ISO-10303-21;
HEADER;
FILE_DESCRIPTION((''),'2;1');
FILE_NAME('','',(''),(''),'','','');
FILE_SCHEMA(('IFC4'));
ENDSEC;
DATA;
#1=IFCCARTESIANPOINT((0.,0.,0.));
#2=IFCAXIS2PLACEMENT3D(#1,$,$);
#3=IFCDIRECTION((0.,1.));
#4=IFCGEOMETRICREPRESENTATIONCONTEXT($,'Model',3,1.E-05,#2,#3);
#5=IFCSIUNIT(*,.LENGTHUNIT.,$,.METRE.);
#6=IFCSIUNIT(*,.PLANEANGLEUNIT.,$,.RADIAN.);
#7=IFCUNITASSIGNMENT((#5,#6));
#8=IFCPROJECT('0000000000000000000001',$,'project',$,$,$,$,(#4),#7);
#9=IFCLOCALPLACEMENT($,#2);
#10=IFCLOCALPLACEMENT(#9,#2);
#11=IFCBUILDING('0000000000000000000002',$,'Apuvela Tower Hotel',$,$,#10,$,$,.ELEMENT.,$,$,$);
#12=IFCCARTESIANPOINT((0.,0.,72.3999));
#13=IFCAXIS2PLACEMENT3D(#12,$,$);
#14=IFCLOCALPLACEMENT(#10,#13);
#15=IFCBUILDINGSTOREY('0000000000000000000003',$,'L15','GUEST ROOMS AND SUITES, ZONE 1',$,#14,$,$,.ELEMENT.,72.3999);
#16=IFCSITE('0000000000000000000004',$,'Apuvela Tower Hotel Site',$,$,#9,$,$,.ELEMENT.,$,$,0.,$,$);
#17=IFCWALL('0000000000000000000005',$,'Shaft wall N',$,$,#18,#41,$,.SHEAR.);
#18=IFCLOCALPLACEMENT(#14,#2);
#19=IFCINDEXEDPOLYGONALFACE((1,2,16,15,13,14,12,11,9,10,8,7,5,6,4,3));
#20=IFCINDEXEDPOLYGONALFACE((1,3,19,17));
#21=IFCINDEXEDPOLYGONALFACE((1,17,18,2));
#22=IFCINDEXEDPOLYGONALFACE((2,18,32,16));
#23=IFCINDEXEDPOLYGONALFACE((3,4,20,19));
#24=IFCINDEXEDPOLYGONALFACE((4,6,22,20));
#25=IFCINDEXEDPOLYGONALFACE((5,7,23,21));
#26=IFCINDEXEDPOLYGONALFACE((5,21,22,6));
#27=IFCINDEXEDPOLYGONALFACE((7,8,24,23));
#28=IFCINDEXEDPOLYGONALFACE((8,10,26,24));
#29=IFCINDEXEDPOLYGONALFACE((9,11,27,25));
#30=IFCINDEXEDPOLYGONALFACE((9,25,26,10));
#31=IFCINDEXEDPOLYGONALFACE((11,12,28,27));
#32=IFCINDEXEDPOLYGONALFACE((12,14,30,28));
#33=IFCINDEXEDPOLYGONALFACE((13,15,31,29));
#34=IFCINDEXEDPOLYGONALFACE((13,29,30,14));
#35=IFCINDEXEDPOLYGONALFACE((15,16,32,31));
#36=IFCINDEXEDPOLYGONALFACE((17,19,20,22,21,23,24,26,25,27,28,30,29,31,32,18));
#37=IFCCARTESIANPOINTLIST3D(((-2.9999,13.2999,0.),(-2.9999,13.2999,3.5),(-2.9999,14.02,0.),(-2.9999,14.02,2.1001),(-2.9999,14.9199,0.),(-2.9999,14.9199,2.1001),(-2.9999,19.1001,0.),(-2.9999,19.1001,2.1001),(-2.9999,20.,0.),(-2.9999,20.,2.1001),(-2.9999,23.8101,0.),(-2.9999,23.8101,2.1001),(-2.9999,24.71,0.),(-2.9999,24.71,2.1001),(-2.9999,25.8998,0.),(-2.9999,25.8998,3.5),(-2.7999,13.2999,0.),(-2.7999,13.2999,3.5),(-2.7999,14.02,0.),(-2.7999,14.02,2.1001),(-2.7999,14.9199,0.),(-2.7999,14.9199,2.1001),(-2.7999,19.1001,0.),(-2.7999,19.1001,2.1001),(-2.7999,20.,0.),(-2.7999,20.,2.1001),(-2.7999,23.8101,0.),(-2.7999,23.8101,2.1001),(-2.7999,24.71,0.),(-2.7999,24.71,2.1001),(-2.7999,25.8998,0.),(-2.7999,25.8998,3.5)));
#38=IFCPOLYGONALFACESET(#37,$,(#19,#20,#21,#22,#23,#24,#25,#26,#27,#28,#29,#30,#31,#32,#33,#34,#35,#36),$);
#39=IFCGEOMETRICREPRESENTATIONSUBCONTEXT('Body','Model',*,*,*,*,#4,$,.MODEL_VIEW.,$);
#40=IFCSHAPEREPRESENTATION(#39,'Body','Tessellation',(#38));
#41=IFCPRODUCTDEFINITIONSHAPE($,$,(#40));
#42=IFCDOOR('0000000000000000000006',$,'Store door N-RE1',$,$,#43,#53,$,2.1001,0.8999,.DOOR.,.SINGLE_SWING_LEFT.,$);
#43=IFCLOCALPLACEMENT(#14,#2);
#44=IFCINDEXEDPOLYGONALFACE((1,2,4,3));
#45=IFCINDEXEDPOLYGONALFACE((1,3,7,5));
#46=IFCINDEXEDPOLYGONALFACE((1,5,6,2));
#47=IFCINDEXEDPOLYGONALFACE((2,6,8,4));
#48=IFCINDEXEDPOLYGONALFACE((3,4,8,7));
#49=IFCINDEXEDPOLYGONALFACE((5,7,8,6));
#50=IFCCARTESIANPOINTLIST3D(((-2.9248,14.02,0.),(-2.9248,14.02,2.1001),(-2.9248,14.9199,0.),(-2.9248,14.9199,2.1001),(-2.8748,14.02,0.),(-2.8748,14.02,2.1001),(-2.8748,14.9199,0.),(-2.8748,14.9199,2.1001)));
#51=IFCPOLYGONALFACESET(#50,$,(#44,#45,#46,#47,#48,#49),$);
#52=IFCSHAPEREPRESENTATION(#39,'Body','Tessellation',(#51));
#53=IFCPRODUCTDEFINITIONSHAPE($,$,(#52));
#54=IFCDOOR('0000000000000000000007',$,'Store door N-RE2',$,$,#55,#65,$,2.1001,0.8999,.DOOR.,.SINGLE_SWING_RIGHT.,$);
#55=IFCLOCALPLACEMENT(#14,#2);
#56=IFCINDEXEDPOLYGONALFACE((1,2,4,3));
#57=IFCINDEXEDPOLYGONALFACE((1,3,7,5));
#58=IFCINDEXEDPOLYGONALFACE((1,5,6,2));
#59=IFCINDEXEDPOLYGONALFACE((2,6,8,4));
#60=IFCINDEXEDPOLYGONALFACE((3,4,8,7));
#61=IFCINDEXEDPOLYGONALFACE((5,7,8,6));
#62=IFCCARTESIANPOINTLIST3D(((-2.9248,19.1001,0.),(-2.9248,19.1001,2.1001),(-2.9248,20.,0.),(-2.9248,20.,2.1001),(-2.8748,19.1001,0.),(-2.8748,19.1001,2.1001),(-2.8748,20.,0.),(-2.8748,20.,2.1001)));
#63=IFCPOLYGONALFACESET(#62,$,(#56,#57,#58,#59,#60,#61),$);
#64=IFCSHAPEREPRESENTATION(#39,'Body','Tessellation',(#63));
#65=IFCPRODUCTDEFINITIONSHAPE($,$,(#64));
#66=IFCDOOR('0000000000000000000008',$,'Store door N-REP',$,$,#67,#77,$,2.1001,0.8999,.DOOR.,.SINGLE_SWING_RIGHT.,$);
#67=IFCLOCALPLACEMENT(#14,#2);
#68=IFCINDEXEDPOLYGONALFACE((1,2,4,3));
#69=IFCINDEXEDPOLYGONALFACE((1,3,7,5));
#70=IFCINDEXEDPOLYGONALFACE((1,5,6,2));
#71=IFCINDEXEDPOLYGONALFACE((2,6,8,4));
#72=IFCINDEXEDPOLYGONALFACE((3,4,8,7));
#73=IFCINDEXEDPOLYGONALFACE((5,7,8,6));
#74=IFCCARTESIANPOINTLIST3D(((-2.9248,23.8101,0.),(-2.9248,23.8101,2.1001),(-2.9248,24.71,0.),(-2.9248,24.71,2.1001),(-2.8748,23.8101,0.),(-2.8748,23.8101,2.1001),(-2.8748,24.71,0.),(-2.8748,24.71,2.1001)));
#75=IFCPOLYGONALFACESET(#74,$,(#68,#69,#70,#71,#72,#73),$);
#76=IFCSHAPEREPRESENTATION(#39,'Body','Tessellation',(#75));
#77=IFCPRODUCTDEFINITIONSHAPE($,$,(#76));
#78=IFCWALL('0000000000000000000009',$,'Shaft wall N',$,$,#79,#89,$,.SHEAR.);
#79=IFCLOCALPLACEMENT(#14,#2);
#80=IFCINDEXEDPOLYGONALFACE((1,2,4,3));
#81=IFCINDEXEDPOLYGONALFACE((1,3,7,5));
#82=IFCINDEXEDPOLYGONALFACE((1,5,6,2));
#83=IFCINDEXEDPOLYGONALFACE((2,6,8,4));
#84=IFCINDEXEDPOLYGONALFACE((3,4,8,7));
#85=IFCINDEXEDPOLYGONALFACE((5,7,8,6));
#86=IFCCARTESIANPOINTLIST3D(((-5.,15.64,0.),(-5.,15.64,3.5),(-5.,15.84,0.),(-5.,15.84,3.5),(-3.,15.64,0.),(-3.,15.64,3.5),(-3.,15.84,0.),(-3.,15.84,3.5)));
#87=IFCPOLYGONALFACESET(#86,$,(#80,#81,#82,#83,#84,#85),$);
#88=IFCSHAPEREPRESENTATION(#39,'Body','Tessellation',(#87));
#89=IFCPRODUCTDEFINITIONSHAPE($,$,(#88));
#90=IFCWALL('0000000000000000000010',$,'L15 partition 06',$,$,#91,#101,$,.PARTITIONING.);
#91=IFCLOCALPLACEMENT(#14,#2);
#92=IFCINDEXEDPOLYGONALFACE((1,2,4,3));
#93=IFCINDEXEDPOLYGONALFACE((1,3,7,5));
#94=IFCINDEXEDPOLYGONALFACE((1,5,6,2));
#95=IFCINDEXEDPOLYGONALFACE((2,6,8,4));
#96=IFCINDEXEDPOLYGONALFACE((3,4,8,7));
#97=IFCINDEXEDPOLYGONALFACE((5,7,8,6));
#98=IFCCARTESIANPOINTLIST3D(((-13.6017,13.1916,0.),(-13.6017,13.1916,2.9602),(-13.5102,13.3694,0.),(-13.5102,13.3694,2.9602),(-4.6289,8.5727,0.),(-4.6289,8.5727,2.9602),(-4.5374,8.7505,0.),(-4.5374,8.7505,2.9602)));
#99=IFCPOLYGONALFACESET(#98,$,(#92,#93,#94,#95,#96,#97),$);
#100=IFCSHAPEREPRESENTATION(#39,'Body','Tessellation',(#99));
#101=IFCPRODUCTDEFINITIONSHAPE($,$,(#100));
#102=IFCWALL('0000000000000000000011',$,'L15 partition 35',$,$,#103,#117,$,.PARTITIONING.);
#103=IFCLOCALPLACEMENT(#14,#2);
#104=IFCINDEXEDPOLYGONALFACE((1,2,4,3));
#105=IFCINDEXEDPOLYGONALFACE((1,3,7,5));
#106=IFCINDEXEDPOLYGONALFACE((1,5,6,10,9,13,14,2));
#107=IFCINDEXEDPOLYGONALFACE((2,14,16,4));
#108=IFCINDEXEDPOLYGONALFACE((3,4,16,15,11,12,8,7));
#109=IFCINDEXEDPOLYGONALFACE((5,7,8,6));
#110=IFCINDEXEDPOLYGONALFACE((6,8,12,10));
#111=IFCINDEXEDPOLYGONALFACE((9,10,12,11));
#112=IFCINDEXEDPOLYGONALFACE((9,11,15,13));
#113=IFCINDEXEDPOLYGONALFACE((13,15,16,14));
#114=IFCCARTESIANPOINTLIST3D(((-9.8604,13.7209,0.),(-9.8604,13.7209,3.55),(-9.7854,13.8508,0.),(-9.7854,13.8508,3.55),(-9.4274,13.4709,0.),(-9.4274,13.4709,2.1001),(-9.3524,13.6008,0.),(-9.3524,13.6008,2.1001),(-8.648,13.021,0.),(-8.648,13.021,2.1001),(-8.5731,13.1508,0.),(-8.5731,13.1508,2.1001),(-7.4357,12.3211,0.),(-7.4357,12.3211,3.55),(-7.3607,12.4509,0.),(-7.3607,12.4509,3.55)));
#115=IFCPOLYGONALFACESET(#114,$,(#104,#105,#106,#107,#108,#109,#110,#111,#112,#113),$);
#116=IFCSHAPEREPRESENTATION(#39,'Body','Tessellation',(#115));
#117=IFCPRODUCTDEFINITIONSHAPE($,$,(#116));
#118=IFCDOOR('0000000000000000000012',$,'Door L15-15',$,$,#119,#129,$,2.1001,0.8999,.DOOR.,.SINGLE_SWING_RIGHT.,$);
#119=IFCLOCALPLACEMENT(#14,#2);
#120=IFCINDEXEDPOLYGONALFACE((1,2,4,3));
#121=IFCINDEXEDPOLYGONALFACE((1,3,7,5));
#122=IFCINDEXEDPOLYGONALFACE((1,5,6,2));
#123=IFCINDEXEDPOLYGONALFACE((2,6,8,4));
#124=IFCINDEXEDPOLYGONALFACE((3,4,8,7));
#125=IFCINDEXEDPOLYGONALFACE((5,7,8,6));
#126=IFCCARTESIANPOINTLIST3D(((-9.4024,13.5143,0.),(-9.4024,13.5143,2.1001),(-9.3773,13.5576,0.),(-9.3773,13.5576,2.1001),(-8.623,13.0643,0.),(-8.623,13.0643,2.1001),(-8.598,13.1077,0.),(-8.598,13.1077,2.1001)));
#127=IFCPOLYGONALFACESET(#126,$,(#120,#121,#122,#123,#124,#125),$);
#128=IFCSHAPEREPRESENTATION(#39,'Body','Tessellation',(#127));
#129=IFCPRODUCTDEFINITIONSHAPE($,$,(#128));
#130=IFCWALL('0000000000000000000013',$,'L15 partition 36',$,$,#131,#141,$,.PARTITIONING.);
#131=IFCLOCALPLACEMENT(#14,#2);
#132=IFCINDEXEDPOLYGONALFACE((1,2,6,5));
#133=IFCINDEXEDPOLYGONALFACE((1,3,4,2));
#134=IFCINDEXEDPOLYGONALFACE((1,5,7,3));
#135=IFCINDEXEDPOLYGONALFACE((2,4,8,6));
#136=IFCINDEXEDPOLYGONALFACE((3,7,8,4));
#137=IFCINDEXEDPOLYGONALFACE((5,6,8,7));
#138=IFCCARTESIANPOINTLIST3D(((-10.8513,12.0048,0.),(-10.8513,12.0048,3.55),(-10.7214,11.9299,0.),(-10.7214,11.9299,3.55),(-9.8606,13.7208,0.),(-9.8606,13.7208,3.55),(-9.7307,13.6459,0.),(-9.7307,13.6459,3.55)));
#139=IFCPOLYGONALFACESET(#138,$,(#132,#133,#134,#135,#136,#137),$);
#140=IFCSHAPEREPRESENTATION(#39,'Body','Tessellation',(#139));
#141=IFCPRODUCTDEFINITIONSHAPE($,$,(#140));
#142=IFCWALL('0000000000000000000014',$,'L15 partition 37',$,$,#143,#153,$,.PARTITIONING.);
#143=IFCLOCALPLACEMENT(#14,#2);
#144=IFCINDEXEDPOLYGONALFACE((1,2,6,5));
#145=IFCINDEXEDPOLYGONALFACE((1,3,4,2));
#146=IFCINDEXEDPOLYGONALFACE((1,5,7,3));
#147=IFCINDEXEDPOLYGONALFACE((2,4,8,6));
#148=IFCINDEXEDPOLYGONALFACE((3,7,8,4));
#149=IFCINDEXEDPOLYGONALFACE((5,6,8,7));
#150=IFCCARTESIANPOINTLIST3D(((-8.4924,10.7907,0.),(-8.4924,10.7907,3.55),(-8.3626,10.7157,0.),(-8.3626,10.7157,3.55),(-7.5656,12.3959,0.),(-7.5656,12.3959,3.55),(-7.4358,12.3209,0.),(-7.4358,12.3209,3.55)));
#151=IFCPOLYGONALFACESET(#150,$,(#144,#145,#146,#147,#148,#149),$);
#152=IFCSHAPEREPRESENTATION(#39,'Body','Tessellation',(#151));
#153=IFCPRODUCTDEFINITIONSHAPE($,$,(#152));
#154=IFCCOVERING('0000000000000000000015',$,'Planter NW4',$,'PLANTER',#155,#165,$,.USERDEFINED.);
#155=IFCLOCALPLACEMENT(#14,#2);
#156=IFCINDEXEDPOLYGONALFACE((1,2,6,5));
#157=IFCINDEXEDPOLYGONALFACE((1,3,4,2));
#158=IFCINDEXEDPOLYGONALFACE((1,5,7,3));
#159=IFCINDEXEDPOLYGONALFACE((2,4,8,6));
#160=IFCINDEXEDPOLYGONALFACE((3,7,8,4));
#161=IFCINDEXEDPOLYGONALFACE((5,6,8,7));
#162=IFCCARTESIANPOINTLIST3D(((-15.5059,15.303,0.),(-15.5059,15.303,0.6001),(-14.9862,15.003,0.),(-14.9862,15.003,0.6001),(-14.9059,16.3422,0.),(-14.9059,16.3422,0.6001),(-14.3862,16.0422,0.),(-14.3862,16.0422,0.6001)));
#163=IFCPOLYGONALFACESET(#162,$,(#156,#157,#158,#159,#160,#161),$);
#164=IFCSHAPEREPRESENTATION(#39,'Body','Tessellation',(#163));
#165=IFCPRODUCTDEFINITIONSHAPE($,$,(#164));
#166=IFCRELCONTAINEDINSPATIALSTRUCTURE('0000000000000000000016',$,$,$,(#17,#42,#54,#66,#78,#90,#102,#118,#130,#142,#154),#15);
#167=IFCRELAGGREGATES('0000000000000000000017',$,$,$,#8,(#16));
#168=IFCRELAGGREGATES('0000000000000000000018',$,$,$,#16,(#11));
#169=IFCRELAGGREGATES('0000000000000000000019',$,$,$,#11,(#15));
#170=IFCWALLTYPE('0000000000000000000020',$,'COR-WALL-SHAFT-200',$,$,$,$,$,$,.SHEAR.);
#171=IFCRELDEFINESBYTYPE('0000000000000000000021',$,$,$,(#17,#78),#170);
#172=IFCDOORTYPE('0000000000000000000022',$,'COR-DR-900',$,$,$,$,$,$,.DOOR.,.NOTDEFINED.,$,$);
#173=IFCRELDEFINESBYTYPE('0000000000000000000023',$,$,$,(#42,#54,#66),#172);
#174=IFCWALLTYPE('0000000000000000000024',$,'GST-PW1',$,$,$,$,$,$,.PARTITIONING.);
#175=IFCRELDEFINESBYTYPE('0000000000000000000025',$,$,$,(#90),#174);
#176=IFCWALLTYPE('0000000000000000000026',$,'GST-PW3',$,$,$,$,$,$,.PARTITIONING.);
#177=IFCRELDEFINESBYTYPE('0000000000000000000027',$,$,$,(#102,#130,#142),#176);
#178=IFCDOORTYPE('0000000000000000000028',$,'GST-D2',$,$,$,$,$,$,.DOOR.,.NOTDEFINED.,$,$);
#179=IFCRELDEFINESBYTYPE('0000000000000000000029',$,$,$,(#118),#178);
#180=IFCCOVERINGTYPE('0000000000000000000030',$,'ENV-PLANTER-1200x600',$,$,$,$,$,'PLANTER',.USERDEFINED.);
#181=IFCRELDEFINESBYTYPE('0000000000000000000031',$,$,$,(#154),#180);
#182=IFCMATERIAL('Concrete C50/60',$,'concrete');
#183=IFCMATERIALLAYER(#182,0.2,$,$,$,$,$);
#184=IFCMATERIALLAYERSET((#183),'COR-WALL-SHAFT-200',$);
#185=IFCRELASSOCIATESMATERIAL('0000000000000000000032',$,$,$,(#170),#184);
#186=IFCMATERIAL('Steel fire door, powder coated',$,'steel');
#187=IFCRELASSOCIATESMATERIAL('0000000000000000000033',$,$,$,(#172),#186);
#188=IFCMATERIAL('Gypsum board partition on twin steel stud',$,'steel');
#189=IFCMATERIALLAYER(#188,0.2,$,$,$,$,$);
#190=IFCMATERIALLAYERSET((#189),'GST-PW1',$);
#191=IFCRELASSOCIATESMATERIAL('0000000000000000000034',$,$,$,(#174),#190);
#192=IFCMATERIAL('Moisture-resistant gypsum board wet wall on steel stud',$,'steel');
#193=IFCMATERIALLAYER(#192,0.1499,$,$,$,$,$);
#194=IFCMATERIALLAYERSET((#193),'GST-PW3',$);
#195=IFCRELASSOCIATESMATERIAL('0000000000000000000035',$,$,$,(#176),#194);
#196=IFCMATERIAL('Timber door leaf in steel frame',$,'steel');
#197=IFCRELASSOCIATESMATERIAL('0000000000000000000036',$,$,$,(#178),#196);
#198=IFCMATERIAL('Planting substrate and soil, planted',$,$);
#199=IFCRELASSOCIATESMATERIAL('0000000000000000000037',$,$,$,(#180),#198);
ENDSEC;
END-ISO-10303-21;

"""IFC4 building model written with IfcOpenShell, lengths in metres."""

from ifc_helpers import new_model, si_unit, direction, frame, frame_2d, origin, origin_2d, place, context, subcontext, project, spatial, rectangle, extrude, material, layer, layer_set, type_object, element, fill, save


model = new_model("IFC4")

# Units and contexts
model_context = context("Model", 3, precision=1e-05, world=origin(), true_north=direction((0.0, 1.0)))
body_context = subcontext(model_context, "Body", "Model", "MODEL_VIEW")
ifc_project = project(units=[si_unit("LENGTHUNIT", "METRE"), si_unit("PLANEANGLEUNIT", "RADIAN")], contexts=[model_context])

# Site, building, storey
site_placement = place(None, origin())
site = spatial("IfcSite", under=ifc_project, at=site_placement, Name="Apuvela Tower Hotel Site", CompositionType="ELEMENT", RefElevation=0.0)
building_placement = place(site_placement, origin())
building = spatial("IfcBuilding", under=site, at=building_placement, Name="Apuvela Tower Hotel", CompositionType="ELEMENT")
storey_placement = place(building_placement, frame((0.0, 0.0, 72.3999)))
storey = spatial("IfcBuildingStorey", under=building, at=storey_placement, Name="L15", Description="GUEST ROOMS AND SUITES, ZONE 1", CompositionType="ELEMENT", Elevation=72.3999)

# Shared definitions
ifc_material_1 = material(Name="Concrete C50/60", Category="concrete")
ifc_layer_1 = layer(ifc_material_1, 0.2)
ifc_layer_set_1 = layer_set([ifc_layer_1], Name="COR-WALL-SHAFT-200")
wall_type_1 = type_object("IfcWallType", Name="COR-WALL-SHAFT-200", PredefinedType="SHEAR", material=ifc_layer_set_1)

# Wall, openings, doors
wall_1_placement = place(storey_placement, frame((-2.8999, 13.3, 0.0), z_axis=(0.0, 0.0, 1.0), x_axis=(0.0, 1.0, 0.0)))
wall_1 = element("IfcWall", 1, at=wall_1_placement, inside=storey, type_object=wall_type_1, Name="Shaft wall N", PredefinedType="SHEAR", context=body_context, shape_type="SweptSolid", body=[
    extrude(rectangle(XDim=12.5999, YDim=0.2, at=frame_2d((6.2998, 0.0))), origin(), (0.0, 0.0, 1.0), 3.5),
])
opening_1_placement = place(wall_1_placement, frame((0.72, 0.0, 0.0)))
opening_1 = element("IfcOpeningElement", 2, at=opening_1_placement, cuts=wall_1, PredefinedType="OPENING", context=body_context, shape_type="SweptSolid", body=[
    extrude(rectangle(XDim=0.8999, YDim=2.1001, at=frame_2d((0.45, 1.05))), frame((0.0, 0.1099, 0.0), z_axis=(0.0, -1.0, 0.0), x_axis=(1.0, 0.0, 0.0)), (0.0, 0.0, 1.0), 0.22),
])
opening_2_placement = place(wall_1_placement, frame((5.8, 0.0, 0.0)))
opening_2 = element("IfcOpeningElement", 3, at=opening_2_placement, cuts=wall_1, PredefinedType="OPENING", context=body_context, shape_type="SweptSolid", body=[
    extrude(rectangle(XDim=0.8999, YDim=2.1001, at=frame_2d((0.45, 1.05))), frame((0.0, 0.1099, 0.0), z_axis=(0.0, -1.0, 0.0), x_axis=(1.0, 0.0, 0.0)), (0.0, 0.0, 1.0), 0.22),
])
opening_3_placement = place(wall_1_placement, frame((10.51, 0.0, 0.0)))
opening_3 = element("IfcOpeningElement", 4, at=opening_3_placement, cuts=wall_1, PredefinedType="OPENING", context=body_context, shape_type="SweptSolid", body=[
    extrude(rectangle(XDim=0.8999, YDim=2.1001, at=frame_2d((0.45, 1.05))), frame((0.0, 0.1099, 0.0), z_axis=(0.0, -1.0, 0.0), x_axis=(1.0, 0.0, 0.0)), (0.0, 0.0, 1.0), 0.22),
])
ifc_material_2 = material(Name="Steel fire door, powder coated", Category="steel")
door_type_1 = type_object("IfcDoorType", Name="COR-DR-900", OperationType="NOTDEFINED", PredefinedType="DOOR", material=ifc_material_2)
door_1_placement = place(opening_1_placement, origin())
door_1 = element("IfcDoor", 5, at=door_1_placement, inside=storey, type_object=door_type_1, Name="Store door N-RE1", OperationType="SINGLE_SWING_LEFT", OverallHeight=2.1001, OverallWidth=0.8999, PredefinedType="DOOR", context=body_context, shape_type="SweptSolid", body=[
    extrude(rectangle(XDim=0.8999, YDim=2.1001, at=frame_2d((0.45, 1.05))), frame((0.0, 0.0249, 0.0), z_axis=(0.0, -1.0, 0.0), x_axis=(1.0, 0.0, 0.0)), (0.0, 0.0, 1.0), 0.05),
])
fill(opening_1, door_1)
door_2_placement = place(opening_2_placement, origin())
door_2 = element("IfcDoor", 6, at=door_2_placement, inside=storey, type_object=door_type_1, Name="Store door N-RE2", OperationType="SINGLE_SWING_RIGHT", OverallHeight=2.1001, OverallWidth=0.8999, PredefinedType="DOOR", context=body_context, shape_type="SweptSolid", body=[
    extrude(rectangle(XDim=0.8999, YDim=2.1001, at=frame_2d((0.45, 1.05))), frame((0.0, 0.0249, 0.0), z_axis=(0.0, -1.0, 0.0), x_axis=(1.0, 0.0, 0.0)), (0.0, 0.0, 1.0), 0.05),
])
fill(opening_2, door_2)
door_3_placement = place(opening_3_placement, origin())
door_3 = element("IfcDoor", 7, at=door_3_placement, inside=storey, type_object=door_type_1, Name="Store door N-REP", OperationType="SINGLE_SWING_RIGHT", OverallHeight=2.1001, OverallWidth=0.8999, PredefinedType="DOOR", context=body_context, shape_type="SweptSolid", body=[
    extrude(rectangle(XDim=0.8999, YDim=2.1001, at=frame_2d((0.45, 1.05))), frame((0.0, 0.0249, 0.0), z_axis=(0.0, -1.0, 0.0), x_axis=(1.0, 0.0, 0.0)), (0.0, 0.0, 1.0), 0.05),
])
fill(opening_3, door_3)

# Wall
wall_2_placement = place(storey_placement, frame((-3.0, 15.74, 0.0), z_axis=(0.0, 0.0, 1.0), x_axis=(-1.0, 0.0, 0.0)))
element("IfcWall", 8, at=wall_2_placement, inside=storey, type_object=wall_type_1, Name="Shaft wall N", PredefinedType="SHEAR", context=body_context, shape_type="SweptSolid", body=[
    extrude(rectangle(XDim=2.0, YDim=0.2, at=frame_2d((1.0, 0.0))), origin(), (0.0, 0.0, 1.0), 3.5),
])

# Wall
ifc_material_3 = material(Name="Gypsum board partition on twin steel stud", Category="steel")
ifc_layer_2 = layer(ifc_material_3, 0.2)
ifc_layer_set_2 = layer_set([ifc_layer_2], Name="GST-PW1")
wall_type_2 = type_object("IfcWallType", Name="GST-PW1", PredefinedType="PARTITIONING", material=ifc_layer_set_2)
wall_3_placement = place(storey_placement, frame((-13.5559, 13.2805, 0.0), z_axis=(0.0, 0.0, 1.0), x_axis=(0.889111, -0.457692, 0.0)))
element("IfcWall", 9, at=wall_3_placement, inside=storey, type_object=wall_type_2, Name="L15 partition 06", PredefinedType="PARTITIONING", context=body_context, shape_type="SweptSolid", body=[
    extrude(rectangle(XDim=10.0918, YDim=0.2, at=frame_2d((5.0459, 0.0))), origin(), (0.0, 0.0, 1.0), 2.9602),
])

# Wall, opening, door
ifc_material_4 = material(Name="Moisture-resistant gypsum board wet wall on steel stud", Category="steel")
ifc_layer_3 = layer(ifc_material_4, 0.1499)
ifc_layer_set_3 = layer_set([ifc_layer_3], Name="GST-PW3")
wall_type_3 = type_object("IfcWallType", Name="GST-PW3", PredefinedType="PARTITIONING", material=ifc_layer_set_3)
wall_4_placement = place(storey_placement, frame((-7.3982, 12.386, 0.0), z_axis=(0.0, 0.0, 1.0), x_axis=(-0.866035, 0.499984, 0.0)))
wall_4 = element("IfcWall", 10, at=wall_4_placement, inside=storey, type_object=wall_type_3, Name="L15 partition 35", PredefinedType="PARTITIONING", context=body_context, shape_type="SweptSolid", body=[
    extrude(rectangle(XDim=2.7998, YDim=0.1499, at=frame_2d((1.3999, 0.0))), origin(), (0.0, 0.0, 1.0), 3.55),
])
opening_4_placement = place(wall_4_placement, frame((1.3999, 0.0, 0.0)))
opening_4 = element("IfcOpeningElement", 11, at=opening_4_placement, cuts=wall_4, PredefinedType="OPENING", context=body_context, shape_type="SweptSolid", body=[
    extrude(rectangle(XDim=0.8999, YDim=2.1001, at=frame_2d((0.45, 1.05))), frame((0.0, 0.085, 0.0), z_axis=(0.0, -1.0, 0.0), x_axis=(1.0, 0.0, 0.0)), (0.0, 0.0, 1.0), 0.1699),
])
ifc_material_5 = material(Name="Timber door leaf in steel frame", Category="steel")
door_type_2 = type_object("IfcDoorType", Name="GST-D2", OperationType="NOTDEFINED", PredefinedType="DOOR", material=ifc_material_5)
door_4_placement = place(opening_4_placement, origin())
door_4 = element("IfcDoor", 12, at=door_4_placement, inside=storey, type_object=door_type_2, Name="Door L15-15", OperationType="SINGLE_SWING_RIGHT", OverallHeight=2.1001, OverallWidth=0.8999, PredefinedType="DOOR", context=body_context, shape_type="SweptSolid", body=[
    extrude(rectangle(XDim=0.8999, YDim=2.1001, at=frame_2d((0.45, 1.05))), frame((0.0, 0.0249, 0.0), z_axis=(0.0, -1.0, 0.0), x_axis=(1.0, 0.0, 0.0)), (0.0, 0.0, 1.0), 0.05),
])
fill(opening_4, door_4)

# Walls
wall_5_placement = place(storey_placement, frame((-9.7957, 13.6833, 0.0), z_axis=(0.0, 0.0, 1.0), x_axis=(-0.499982, -0.866036, 0.0)))
element("IfcWall", 13, at=wall_5_placement, inside=storey, type_object=wall_type_3, Name="L15 partition 36", PredefinedType="PARTITIONING", context=body_context, shape_type="SweptSolid", body=[
    extrude(rectangle(XDim=1.9814, YDim=0.1499, at=frame_2d((0.9907, 0.0))), origin(), (0.0, 0.0, 1.0), 3.55),
])
wall_6_placement = place(storey_placement, frame((-7.5007, 12.3584, 0.0), z_axis=(0.0, 0.0, 1.0), x_axis=(-0.499992, -0.86603, 0.0)))
element("IfcWall", 14, at=wall_6_placement, inside=storey, type_object=wall_type_3, Name="L15 partition 37", PredefinedType="PARTITIONING", context=body_context, shape_type="SweptSolid", body=[
    extrude(rectangle(XDim=1.8535, YDim=0.1499, at=frame_2d((0.9268, 0.0))), origin(), (0.0, 0.0, 1.0), 3.55),
])

# Covering
ifc_material_6 = material(Name="Planting substrate and soil, planted")
covering_type = type_object("IfcCoveringType", Name="ENV-PLANTER-1200x600", ElementType="PLANTER", PredefinedType="USERDEFINED", material=ifc_material_6)
covering_placement = place(storey_placement, frame((-14.946, 15.6726, 0.0), z_axis=(0.0, 0.0, 1.0), x_axis=(-0.5, -0.866025, 0.0)))
element("IfcCovering", 15, at=covering_placement, inside=storey, type_object=covering_type, Name="Planter NW4", ObjectType="PLANTER", PredefinedType="USERDEFINED", context=body_context, shape_type="SweptSolid", body=[
    extrude(rectangle(XDim=1.2, YDim=0.6001, at=origin_2d()), origin(), (0.0, 0.0, 1.0), 0.6001),
])

save(model, "model.ifc")
